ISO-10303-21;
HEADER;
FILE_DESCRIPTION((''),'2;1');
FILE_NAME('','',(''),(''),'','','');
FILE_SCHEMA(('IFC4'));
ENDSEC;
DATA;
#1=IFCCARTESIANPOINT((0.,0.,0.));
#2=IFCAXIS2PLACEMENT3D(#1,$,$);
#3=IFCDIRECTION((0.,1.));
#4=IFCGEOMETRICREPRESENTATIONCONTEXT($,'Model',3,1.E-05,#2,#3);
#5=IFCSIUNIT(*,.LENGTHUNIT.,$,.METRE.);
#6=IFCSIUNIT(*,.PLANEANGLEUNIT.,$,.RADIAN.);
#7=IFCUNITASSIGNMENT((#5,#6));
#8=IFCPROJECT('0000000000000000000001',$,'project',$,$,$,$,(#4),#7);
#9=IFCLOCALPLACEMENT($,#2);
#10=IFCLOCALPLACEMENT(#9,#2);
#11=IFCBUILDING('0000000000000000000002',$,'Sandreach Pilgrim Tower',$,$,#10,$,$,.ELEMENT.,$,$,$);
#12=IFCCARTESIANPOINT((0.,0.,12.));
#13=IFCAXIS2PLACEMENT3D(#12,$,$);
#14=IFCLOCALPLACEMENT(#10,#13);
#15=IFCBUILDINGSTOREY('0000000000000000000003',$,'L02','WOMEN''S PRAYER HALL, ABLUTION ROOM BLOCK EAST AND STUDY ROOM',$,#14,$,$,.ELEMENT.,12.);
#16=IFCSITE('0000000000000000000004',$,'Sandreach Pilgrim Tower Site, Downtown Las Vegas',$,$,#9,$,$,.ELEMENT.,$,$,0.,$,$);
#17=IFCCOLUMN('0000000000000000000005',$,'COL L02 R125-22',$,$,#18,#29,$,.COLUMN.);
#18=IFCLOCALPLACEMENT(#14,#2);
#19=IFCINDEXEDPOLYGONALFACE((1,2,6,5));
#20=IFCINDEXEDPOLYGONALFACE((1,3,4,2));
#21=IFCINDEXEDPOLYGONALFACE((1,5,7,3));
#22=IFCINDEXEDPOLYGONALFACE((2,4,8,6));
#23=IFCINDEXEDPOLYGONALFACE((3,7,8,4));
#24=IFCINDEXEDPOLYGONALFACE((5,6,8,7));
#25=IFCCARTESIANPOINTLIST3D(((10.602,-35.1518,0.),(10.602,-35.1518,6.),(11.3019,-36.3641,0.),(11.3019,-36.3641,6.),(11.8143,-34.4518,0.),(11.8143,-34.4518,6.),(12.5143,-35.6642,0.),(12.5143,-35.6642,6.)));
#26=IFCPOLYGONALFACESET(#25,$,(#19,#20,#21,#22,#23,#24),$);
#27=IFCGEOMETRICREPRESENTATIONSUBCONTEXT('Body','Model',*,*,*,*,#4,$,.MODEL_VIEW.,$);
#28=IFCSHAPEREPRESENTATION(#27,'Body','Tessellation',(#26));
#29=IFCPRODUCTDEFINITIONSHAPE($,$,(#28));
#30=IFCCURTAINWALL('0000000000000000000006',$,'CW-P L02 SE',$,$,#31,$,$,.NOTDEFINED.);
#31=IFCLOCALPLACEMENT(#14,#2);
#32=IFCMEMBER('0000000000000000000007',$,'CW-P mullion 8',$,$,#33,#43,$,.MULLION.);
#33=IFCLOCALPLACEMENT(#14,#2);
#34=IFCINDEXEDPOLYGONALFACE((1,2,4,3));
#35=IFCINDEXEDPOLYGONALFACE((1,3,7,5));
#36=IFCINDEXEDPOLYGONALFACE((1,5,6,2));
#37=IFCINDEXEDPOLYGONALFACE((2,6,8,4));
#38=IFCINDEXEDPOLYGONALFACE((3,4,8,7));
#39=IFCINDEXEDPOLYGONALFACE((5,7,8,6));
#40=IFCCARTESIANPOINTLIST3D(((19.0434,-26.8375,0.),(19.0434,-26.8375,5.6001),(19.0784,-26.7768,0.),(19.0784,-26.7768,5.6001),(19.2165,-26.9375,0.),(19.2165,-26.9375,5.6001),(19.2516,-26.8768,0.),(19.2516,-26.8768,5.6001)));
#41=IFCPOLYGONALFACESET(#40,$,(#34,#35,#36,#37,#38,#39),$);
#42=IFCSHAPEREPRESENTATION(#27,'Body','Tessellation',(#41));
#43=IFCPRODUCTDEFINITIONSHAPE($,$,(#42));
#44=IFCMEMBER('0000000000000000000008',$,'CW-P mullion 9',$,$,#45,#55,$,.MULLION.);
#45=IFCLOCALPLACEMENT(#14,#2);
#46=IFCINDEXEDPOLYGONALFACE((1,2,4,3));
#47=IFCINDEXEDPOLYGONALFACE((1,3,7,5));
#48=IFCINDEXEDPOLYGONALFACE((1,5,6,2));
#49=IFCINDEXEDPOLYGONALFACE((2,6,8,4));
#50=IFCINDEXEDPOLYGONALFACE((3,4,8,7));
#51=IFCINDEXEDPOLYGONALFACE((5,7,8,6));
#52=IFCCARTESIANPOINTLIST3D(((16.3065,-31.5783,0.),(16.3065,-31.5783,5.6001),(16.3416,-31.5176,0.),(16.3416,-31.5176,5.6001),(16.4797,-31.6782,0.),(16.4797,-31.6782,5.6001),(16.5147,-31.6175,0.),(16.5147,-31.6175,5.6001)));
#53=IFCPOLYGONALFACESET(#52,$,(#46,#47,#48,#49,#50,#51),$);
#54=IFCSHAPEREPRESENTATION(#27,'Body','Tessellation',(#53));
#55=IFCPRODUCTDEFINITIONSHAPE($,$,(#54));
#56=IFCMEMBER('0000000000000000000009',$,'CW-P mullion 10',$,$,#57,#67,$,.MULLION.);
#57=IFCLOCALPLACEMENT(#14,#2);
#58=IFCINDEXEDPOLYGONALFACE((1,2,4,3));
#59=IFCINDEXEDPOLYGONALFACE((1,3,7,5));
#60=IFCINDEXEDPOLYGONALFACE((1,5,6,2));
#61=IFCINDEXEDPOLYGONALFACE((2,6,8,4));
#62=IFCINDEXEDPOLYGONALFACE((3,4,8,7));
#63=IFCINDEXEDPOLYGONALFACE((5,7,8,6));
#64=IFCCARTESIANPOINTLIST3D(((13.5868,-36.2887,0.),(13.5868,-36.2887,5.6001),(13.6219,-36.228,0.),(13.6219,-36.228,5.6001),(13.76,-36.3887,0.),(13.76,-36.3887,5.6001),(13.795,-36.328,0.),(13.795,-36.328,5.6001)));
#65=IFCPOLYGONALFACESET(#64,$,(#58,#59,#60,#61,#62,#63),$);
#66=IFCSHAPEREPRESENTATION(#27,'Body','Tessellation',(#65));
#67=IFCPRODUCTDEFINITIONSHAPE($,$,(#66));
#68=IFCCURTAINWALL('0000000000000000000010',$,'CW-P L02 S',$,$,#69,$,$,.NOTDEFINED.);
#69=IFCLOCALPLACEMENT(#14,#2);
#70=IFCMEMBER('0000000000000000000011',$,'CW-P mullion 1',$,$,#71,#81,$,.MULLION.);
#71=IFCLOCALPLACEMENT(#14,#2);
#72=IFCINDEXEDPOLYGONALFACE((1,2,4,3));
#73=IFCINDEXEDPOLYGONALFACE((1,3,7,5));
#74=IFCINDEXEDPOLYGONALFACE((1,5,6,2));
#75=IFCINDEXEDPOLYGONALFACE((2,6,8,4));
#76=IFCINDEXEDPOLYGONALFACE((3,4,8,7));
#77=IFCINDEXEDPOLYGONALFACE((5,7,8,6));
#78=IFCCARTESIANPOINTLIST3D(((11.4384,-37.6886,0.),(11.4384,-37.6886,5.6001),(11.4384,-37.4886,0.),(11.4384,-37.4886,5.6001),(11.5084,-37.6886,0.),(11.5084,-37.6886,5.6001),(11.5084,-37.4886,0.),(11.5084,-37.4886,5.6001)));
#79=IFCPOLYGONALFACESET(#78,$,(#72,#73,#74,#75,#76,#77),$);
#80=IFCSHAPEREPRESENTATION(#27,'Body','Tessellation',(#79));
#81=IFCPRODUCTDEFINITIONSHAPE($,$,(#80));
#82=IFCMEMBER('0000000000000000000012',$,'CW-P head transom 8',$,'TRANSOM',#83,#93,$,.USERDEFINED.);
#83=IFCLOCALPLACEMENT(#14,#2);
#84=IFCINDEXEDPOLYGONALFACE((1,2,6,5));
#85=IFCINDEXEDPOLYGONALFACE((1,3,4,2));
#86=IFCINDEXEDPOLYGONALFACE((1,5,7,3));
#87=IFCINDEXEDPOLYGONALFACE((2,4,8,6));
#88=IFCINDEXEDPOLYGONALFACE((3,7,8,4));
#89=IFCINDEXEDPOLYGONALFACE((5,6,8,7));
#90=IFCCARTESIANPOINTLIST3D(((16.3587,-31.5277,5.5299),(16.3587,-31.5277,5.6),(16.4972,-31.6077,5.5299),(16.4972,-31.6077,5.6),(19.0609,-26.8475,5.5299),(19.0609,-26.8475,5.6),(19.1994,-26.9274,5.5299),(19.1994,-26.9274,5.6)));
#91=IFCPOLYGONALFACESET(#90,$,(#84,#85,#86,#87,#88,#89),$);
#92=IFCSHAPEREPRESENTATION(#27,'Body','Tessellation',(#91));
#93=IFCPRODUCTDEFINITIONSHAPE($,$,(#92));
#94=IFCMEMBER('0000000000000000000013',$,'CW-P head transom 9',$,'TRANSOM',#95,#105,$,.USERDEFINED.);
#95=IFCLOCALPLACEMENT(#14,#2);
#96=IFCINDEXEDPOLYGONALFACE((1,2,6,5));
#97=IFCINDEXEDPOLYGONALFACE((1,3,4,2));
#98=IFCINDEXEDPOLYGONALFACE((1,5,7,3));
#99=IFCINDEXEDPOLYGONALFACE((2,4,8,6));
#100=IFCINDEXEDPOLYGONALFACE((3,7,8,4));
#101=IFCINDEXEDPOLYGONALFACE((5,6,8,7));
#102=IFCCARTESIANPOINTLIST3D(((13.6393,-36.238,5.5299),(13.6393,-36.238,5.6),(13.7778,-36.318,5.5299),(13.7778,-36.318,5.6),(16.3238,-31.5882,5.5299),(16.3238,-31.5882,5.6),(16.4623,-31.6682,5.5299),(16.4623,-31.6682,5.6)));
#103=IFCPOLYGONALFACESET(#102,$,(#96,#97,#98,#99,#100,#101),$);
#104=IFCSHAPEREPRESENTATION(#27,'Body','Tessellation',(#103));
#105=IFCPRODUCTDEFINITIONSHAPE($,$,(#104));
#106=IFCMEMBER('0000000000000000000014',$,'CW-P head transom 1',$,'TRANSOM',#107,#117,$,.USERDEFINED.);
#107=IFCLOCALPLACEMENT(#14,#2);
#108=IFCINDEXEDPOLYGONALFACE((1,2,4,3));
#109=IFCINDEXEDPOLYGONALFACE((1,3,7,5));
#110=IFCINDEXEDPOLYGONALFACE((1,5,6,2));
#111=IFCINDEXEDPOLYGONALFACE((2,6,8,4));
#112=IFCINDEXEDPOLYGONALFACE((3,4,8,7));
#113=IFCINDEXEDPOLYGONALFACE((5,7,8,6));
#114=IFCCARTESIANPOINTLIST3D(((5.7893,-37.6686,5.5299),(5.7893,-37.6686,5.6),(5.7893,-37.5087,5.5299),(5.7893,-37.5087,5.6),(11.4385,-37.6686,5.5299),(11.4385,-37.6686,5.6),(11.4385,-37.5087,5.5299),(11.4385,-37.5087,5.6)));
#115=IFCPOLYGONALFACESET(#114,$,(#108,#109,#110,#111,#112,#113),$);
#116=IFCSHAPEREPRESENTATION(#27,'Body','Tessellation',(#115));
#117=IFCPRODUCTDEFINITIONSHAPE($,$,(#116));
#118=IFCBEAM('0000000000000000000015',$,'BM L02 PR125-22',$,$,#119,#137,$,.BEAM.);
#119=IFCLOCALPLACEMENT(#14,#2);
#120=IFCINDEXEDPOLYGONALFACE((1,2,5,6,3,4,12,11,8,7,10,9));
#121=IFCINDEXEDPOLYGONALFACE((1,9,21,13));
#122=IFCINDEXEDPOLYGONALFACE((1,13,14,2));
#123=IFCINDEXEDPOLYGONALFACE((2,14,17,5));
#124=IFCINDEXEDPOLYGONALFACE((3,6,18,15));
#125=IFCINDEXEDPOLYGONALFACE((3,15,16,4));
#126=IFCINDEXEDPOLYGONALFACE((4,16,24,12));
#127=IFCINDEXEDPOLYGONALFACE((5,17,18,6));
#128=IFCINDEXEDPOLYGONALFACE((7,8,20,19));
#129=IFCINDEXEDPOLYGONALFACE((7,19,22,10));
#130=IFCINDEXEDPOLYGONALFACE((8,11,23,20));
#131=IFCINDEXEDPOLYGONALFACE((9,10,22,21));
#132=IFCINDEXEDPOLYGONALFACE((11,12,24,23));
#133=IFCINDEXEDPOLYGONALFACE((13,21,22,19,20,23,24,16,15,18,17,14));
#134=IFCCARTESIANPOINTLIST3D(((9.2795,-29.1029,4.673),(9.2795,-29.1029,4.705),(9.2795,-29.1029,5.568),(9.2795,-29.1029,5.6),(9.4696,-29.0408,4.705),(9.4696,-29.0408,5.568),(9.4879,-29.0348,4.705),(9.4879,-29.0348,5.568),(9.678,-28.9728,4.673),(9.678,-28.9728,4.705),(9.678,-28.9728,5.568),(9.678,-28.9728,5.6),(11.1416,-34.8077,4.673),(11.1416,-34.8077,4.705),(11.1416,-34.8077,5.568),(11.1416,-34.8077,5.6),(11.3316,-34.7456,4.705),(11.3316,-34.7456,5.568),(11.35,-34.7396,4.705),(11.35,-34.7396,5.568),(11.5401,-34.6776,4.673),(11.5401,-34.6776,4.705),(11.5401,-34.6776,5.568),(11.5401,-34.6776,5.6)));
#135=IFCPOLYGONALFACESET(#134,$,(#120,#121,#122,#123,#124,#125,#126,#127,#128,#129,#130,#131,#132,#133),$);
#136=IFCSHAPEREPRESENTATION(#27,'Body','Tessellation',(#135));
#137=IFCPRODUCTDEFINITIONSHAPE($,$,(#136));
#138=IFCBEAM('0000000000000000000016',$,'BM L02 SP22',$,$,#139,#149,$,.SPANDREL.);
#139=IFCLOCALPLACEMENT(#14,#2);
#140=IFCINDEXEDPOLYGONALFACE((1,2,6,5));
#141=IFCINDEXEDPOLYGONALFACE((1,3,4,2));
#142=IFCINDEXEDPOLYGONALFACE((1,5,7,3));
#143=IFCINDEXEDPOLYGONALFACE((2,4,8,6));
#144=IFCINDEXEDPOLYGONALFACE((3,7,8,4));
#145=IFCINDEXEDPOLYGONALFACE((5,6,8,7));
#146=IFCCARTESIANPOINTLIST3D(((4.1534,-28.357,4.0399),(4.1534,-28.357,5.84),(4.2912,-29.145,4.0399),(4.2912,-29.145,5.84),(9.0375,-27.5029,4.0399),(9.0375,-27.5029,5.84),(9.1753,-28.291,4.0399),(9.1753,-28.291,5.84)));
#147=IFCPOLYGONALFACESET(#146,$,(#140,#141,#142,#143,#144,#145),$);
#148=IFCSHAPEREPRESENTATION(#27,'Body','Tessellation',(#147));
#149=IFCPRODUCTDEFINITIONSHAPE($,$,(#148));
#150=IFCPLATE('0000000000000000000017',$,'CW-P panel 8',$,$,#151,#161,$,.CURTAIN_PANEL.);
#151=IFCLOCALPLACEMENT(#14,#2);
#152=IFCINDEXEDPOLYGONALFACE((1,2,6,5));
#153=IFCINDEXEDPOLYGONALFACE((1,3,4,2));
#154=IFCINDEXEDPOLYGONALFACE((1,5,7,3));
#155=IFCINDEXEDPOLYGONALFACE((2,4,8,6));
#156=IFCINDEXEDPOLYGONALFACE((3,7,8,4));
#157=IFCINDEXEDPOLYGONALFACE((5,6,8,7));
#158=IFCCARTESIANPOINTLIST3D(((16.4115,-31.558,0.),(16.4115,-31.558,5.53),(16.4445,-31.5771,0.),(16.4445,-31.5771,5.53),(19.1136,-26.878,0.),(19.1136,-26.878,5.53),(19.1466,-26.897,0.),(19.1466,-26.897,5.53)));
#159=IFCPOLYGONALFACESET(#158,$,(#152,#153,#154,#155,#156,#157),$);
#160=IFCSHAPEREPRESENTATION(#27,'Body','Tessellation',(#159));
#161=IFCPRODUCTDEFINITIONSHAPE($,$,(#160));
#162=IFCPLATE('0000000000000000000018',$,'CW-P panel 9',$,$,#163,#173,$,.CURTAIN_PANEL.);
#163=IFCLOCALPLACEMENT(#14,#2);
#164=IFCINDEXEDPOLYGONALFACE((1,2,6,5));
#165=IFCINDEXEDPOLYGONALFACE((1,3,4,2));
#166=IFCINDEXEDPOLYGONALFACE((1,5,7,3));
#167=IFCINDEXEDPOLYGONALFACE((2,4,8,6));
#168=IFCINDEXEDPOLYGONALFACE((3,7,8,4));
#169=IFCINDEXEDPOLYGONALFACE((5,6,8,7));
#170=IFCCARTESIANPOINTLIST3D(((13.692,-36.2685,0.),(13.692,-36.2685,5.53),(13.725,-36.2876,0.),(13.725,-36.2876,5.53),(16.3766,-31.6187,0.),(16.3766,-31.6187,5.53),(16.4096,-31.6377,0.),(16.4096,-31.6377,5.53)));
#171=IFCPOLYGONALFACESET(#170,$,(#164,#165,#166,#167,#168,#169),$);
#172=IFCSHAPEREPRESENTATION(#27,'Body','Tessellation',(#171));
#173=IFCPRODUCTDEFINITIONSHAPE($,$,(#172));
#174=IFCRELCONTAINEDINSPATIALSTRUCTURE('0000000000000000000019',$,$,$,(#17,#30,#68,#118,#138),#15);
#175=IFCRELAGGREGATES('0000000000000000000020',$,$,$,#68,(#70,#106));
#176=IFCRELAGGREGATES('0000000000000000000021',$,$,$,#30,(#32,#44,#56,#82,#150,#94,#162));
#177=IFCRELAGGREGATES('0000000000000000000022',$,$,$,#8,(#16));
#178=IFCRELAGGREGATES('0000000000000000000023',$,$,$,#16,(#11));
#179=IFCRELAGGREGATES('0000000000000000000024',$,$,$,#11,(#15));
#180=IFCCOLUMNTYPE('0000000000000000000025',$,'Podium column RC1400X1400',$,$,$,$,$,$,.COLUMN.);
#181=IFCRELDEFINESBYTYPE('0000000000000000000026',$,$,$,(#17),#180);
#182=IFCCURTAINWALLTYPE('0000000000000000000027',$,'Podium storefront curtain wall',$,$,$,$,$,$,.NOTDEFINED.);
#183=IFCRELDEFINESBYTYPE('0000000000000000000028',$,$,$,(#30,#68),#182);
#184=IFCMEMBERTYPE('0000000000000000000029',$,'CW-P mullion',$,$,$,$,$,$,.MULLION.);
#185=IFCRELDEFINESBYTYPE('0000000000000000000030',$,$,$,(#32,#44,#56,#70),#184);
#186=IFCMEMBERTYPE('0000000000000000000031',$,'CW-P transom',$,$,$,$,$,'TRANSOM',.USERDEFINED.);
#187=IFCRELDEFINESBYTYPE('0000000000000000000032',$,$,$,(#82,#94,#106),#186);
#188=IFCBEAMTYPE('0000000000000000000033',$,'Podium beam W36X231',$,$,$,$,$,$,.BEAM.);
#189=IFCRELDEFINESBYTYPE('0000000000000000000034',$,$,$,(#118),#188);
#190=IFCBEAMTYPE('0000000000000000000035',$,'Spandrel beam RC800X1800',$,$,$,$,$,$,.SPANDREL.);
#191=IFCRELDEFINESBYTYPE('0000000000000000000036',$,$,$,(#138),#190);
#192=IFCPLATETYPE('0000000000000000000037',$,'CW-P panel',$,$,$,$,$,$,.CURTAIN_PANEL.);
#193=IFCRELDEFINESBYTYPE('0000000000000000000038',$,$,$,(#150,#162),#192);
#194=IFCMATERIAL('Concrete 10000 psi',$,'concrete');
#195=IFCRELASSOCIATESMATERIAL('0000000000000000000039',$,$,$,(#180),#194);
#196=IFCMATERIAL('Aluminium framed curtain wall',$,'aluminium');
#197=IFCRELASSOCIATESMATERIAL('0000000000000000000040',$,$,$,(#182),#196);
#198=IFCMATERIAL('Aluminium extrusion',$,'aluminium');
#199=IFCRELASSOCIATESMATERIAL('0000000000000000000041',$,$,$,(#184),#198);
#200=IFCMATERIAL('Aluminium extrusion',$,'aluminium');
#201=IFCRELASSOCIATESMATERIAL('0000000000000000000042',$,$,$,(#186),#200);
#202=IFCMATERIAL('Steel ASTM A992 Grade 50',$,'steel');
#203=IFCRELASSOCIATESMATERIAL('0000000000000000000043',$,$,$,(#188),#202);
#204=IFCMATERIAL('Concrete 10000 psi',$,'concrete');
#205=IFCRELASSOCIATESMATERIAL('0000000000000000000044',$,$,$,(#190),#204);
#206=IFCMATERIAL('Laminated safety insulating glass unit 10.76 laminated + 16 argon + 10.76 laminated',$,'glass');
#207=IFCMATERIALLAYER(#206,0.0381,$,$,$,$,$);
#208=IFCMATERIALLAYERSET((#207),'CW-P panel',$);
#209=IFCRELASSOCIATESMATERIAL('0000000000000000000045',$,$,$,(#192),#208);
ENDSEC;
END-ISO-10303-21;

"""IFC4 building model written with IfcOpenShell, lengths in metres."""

from ifc_helpers import new_model, si_unit, direction, frame, origin, origin_2d, place, context, subcontext, project, spatial, rectangle, i_section, extrude, material, layer, layer_set, material_profile, profile_set, type_object, element, aggregate, save


model = new_model("IFC4")

# Units and contexts
model_context = context("Model", 3, precision=1e-05, world=origin(), true_north=direction((0.0, 1.0)))
body_context = subcontext(model_context, "Body", "Model", "MODEL_VIEW")
ifc_project = project(units=[si_unit("LENGTHUNIT", "METRE"), si_unit("PLANEANGLEUNIT", "RADIAN")], contexts=[model_context])

# Site, building, storey
site_placement = place(None, origin())
site = spatial("IfcSite", under=ifc_project, at=site_placement, Name="Sandreach Pilgrim Tower Site, Downtown Las Vegas", CompositionType="ELEMENT", RefElevation=0.0)
building_placement = place(site_placement, origin())
building = spatial("IfcBuilding", under=site, at=building_placement, Name="Sandreach Pilgrim Tower", CompositionType="ELEMENT")
storey_placement = place(building_placement, frame((0.0, 0.0, 12.0)))
storey = spatial("IfcBuildingStorey", under=building, at=storey_placement, Name="L02", Description="WOMEN'S PRAYER HALL, ABLUTION ROOM BLOCK EAST AND STUDY ROOM", CompositionType="ELEMENT", Elevation=12.0)

# Column
ifc_material_1 = material(Name="Concrete 10000 psi", Category="concrete")
ifc_material_profile_1 = material_profile(ifc_material_1, rectangle(XDim=1.3999, YDim=1.3999, at=origin_2d()), Name="RC1400X1400")
ifc_profile_set_1 = profile_set([ifc_material_profile_1], Name="Concrete 10000 psi")
column_type = type_object("IfcColumnType", Name="Podium column RC1400X1400", PredefinedType="COLUMN", material=ifc_profile_set_1)
column_placement = place(storey_placement, frame((11.5581, -35.408, 0.0), z_axis=(0.0, 0.0, 1.0), x_axis=(0.5, -0.866025, 0.0)))
element("IfcColumn", 1, at=column_placement, inside=storey, type_object=column_type, Name="COL L02 R125-22", PredefinedType="COLUMN", context=body_context, shape_type="SweptSolid", body=[
    extrude(rectangle(XDim=1.3999, YDim=1.3999, at=origin_2d()), origin(), (0.0, 0.0, 1.0), 6.0),
])

# Curtain wall, members
ifc_material_2 = material(Name="Aluminium framed curtain wall", Category="aluminium")
curtain_wall_type = type_object("IfcCurtainWallType", Name="Podium storefront curtain wall", PredefinedType="NOTDEFINED", material=ifc_material_2)
curtain_wall_1_placement = place(storey_placement, origin())
curtain_wall_1 = element("IfcCurtainWall", 2, at=curtain_wall_1_placement, inside=storey, type_object=curtain_wall_type, Name="CW-P L02 SE", PredefinedType="NOTDEFINED")
ifc_material_3 = material(Name="Aluminium extrusion", Category="aluminium")
ifc_material_profile_2 = material_profile(ifc_material_3, rectangle(XDim=0.0701, YDim=0.2, at=origin_2d()), Name="CW-PM 70X200")
ifc_profile_set_2 = profile_set([ifc_material_profile_2], Name="Aluminium extrusion")
member_type_1 = type_object("IfcMemberType", Name="CW-P mullion", PredefinedType="MULLION", material=ifc_profile_set_2)
member_1_placement = place(storey_placement, frame((19.1475, -26.8572, 0.0), z_axis=(0.0, 0.0, 1.0), x_axis=(-0.5, -0.866025, 0.0)))
member_1 = element("IfcMember", 3, at=member_1_placement, type_object=member_type_1, Name="CW-P mullion 8", PredefinedType="MULLION", context=body_context, shape_type="SweptSolid", body=[
    extrude(rectangle(XDim=0.0701, YDim=0.2, at=origin_2d()), origin(), (0.0, 0.0, 1.0), 5.6001),
])
member_2_placement = place(storey_placement, frame((16.4106, -31.5979, 0.0), z_axis=(0.0, 0.0, 1.0), x_axis=(-0.5, -0.866025, 0.0)))
member_2 = element("IfcMember", 4, at=member_2_placement, type_object=member_type_1, Name="CW-P mullion 9", PredefinedType="MULLION", context=body_context, shape_type="SweptSolid", body=[
    extrude(rectangle(XDim=0.0701, YDim=0.2, at=origin_2d()), origin(), (0.0, 0.0, 1.0), 5.6001),
])
member_3_placement = place(storey_placement, frame((13.6909, -36.3083, 0.0), z_axis=(0.0, 0.0, 1.0), x_axis=(-0.5, -0.866025, 0.0)))
member_3 = element("IfcMember", 5, at=member_3_placement, type_object=member_type_1, Name="CW-P mullion 10", PredefinedType="MULLION", context=body_context, shape_type="SweptSolid", body=[
    extrude(rectangle(XDim=0.0701, YDim=0.2, at=origin_2d()), origin(), (0.0, 0.0, 1.0), 5.6001),
])

# Curtain wall, member
curtain_wall_2_placement = place(storey_placement, origin())
curtain_wall_2 = element("IfcCurtainWall", 6, at=curtain_wall_2_placement, inside=storey, type_object=curtain_wall_type, Name="CW-P L02 S", PredefinedType="NOTDEFINED")
member_4_placement = place(storey_placement, frame((11.4734, -37.5886, 0.0), z_axis=(0.0, 0.0, 1.0), x_axis=(-1.0, 0.0, 0.0)))
member_4 = element("IfcMember", 7, at=member_4_placement, type_object=member_type_1, Name="CW-P mullion 1", PredefinedType="MULLION", context=body_context, shape_type="SweptSolid", body=[
    extrude(rectangle(XDim=0.0701, YDim=0.2, at=origin_2d()), origin(), (0.0, 0.0, 1.0), 5.6001),
])

# Members
ifc_material_4 = material(Name="Aluminium extrusion", Category="aluminium")
ifc_material_profile_3 = material_profile(ifc_material_4, rectangle(XDim=0.1599, YDim=0.0701, at=origin_2d()), Name="CW-PT 160X70")
ifc_profile_set_3 = profile_set([ifc_material_profile_3], Name="Aluminium extrusion")
member_type_2 = type_object("IfcMemberType", Name="CW-P transom", ElementType="TRANSOM", PredefinedType="USERDEFINED", material=ifc_profile_set_3)
member_5_placement = place(storey_placement, frame((19.1301, -26.8875, 5.5649), z_axis=(-0.500007, -0.866022, 0.0), x_axis=(0.866022, -0.500007, 0.0)))
member_5 = element("IfcMember", 8, at=member_5_placement, type_object=member_type_2, Name="CW-P head transom 8", ObjectType="TRANSOM", PredefinedType="USERDEFINED", context=body_context, shape_type="SweptSolid", body=[
    extrude(rectangle(XDim=0.1599, YDim=0.0701, at=origin_2d()), origin(), (0.0, 0.0, 1.0), 5.4043),
])
member_6_placement = place(storey_placement, frame((16.3931, -31.6282, 5.5649), z_axis=(-0.499993, -0.86603, 0.0), x_axis=(0.86603, -0.499993, 0.0)))
member_6 = element("IfcMember", 9, at=member_6_placement, type_object=member_type_2, Name="CW-P head transom 9", ObjectType="TRANSOM", PredefinedType="USERDEFINED", context=body_context, shape_type="SweptSolid", body=[
    extrude(rectangle(XDim=0.1599, YDim=0.0701, at=origin_2d()), origin(), (0.0, 0.0, 1.0), 5.3691),
])
member_7_placement = place(storey_placement, frame((11.4385, -37.5886, 5.5649), z_axis=(-1.0, 0.0, 0.0), x_axis=(0.0, -1.0, 0.0)))
member_7 = element("IfcMember", 10, at=member_7_placement, type_object=member_type_2, Name="CW-P head transom 1", ObjectType="TRANSOM", PredefinedType="USERDEFINED", context=body_context, shape_type="SweptSolid", body=[
    extrude(rectangle(XDim=0.1599, YDim=0.0701, at=origin_2d()), origin(), (0.0, 0.0, 1.0), 5.6492),
])
aggregate(curtain_wall_2, [member_4, member_7])

# Beams
ifc_material_5 = material(Name="Steel ASTM A992 Grade 50", Category="steel")
ifc_material_profile_4 = material_profile(ifc_material_5, i_section(OverallWidth=0.4192, OverallDepth=0.927, WebThickness=0.0193, FlangeThickness=0.032, at=origin_2d()), Name="W36X231")
ifc_profile_set_4 = profile_set([ifc_material_profile_4], Name="Steel ASTM A992 Grade 50")
beam_type_1 = type_object("IfcBeamType", Name="Podium beam W36X231", PredefinedType="BEAM", material=ifc_profile_set_4)
beam_1_placement = place(storey_placement, frame((9.4788, -29.0378, 5.1365), z_axis=(0.31029, -0.950642, 0.0), x_axis=(0.950642, 0.31029, 0.0)))
element("IfcBeam", 11, at=beam_1_placement, inside=storey, type_object=beam_type_1, Name="BM L02 PR125-22", PredefinedType="BEAM", context=body_context, shape_type="SweptSolid", body=[
    extrude(i_section(OverallWidth=0.4192, OverallDepth=0.927, WebThickness=0.0193, FlangeThickness=0.032, at=origin_2d()), origin(), (0.0, 0.0, 1.0), 6.001),
])
ifc_material_6 = material(Name="Concrete 10000 psi", Category="concrete")
ifc_material_profile_5 = material_profile(ifc_material_6, rectangle(XDim=0.8, YDim=1.8, at=origin_2d()), Name="RC800X1800")
ifc_profile_set_5 = profile_set([ifc_material_profile_5], Name="Concrete 10000 psi")
beam_type_2 = type_object("IfcBeamType", Name="Spandrel beam RC800X1800", PredefinedType="SPANDREL", material=ifc_profile_set_5)
beam_2_placement = place(storey_placement, frame((9.1064, -27.897, 4.9399), z_axis=(-0.985054, -0.172243, 0.0), x_axis=(0.172243, -0.985054, 0.0)))
element("IfcBeam", 12, at=beam_2_placement, inside=storey, type_object=beam_type_2, Name="BM L02 SP22", PredefinedType="SPANDREL", context=body_context, shape_type="SweptSolid", body=[
    extrude(rectangle(XDim=0.8, YDim=1.8, at=origin_2d()), origin(), (0.0, 0.0, 1.0), 4.9583),
])

# Plates
ifc_material_7 = material(Name="Laminated safety insulating glass unit 10.76 laminated + 16 argon + 10.76 laminated", Category="glass")
ifc_layer_1 = layer(ifc_material_7, 0.0381)
ifc_layer_set_1 = layer_set([ifc_layer_1], Name="CW-P panel")
plate_type = type_object("IfcPlateType", Name="CW-P panel", PredefinedType="CURTAIN_PANEL", material=ifc_layer_set_1)
plate_1_placement = place(storey_placement, frame((17.7791, -29.2275, 0.0), z_axis=(0.0, 0.0, 1.0), x_axis=(-0.5, -0.866025, 0.0)))
plate_1 = element("IfcPlate", 13, at=plate_1_placement, type_object=plate_type, Name="CW-P panel 8", PredefinedType="CURTAIN_PANEL", context=body_context, shape_type="SweptSolid", body=[
    extrude(rectangle(XDim=5.4041, YDim=0.0381, at=origin_2d()), origin(), (0.0, 0.0, 1.0), 5.53),
])
plate_2_placement = place(storey_placement, frame((15.0508, -33.9531, 0.0), z_axis=(0.0, 0.0, 1.0), x_axis=(-0.5, -0.866025, 0.0)))
plate_2 = element("IfcPlate", 14, at=plate_2_placement, type_object=plate_type, Name="CW-P panel 9", PredefinedType="CURTAIN_PANEL", context=body_context, shape_type="SweptSolid", body=[
    extrude(rectangle(XDim=5.3691, YDim=0.0381, at=origin_2d()), origin(), (0.0, 0.0, 1.0), 5.53),
])
aggregate(curtain_wall_1, [member_1, member_2, member_3, member_5, plate_1, member_6, plate_2])

save(model, "model.ifc")
